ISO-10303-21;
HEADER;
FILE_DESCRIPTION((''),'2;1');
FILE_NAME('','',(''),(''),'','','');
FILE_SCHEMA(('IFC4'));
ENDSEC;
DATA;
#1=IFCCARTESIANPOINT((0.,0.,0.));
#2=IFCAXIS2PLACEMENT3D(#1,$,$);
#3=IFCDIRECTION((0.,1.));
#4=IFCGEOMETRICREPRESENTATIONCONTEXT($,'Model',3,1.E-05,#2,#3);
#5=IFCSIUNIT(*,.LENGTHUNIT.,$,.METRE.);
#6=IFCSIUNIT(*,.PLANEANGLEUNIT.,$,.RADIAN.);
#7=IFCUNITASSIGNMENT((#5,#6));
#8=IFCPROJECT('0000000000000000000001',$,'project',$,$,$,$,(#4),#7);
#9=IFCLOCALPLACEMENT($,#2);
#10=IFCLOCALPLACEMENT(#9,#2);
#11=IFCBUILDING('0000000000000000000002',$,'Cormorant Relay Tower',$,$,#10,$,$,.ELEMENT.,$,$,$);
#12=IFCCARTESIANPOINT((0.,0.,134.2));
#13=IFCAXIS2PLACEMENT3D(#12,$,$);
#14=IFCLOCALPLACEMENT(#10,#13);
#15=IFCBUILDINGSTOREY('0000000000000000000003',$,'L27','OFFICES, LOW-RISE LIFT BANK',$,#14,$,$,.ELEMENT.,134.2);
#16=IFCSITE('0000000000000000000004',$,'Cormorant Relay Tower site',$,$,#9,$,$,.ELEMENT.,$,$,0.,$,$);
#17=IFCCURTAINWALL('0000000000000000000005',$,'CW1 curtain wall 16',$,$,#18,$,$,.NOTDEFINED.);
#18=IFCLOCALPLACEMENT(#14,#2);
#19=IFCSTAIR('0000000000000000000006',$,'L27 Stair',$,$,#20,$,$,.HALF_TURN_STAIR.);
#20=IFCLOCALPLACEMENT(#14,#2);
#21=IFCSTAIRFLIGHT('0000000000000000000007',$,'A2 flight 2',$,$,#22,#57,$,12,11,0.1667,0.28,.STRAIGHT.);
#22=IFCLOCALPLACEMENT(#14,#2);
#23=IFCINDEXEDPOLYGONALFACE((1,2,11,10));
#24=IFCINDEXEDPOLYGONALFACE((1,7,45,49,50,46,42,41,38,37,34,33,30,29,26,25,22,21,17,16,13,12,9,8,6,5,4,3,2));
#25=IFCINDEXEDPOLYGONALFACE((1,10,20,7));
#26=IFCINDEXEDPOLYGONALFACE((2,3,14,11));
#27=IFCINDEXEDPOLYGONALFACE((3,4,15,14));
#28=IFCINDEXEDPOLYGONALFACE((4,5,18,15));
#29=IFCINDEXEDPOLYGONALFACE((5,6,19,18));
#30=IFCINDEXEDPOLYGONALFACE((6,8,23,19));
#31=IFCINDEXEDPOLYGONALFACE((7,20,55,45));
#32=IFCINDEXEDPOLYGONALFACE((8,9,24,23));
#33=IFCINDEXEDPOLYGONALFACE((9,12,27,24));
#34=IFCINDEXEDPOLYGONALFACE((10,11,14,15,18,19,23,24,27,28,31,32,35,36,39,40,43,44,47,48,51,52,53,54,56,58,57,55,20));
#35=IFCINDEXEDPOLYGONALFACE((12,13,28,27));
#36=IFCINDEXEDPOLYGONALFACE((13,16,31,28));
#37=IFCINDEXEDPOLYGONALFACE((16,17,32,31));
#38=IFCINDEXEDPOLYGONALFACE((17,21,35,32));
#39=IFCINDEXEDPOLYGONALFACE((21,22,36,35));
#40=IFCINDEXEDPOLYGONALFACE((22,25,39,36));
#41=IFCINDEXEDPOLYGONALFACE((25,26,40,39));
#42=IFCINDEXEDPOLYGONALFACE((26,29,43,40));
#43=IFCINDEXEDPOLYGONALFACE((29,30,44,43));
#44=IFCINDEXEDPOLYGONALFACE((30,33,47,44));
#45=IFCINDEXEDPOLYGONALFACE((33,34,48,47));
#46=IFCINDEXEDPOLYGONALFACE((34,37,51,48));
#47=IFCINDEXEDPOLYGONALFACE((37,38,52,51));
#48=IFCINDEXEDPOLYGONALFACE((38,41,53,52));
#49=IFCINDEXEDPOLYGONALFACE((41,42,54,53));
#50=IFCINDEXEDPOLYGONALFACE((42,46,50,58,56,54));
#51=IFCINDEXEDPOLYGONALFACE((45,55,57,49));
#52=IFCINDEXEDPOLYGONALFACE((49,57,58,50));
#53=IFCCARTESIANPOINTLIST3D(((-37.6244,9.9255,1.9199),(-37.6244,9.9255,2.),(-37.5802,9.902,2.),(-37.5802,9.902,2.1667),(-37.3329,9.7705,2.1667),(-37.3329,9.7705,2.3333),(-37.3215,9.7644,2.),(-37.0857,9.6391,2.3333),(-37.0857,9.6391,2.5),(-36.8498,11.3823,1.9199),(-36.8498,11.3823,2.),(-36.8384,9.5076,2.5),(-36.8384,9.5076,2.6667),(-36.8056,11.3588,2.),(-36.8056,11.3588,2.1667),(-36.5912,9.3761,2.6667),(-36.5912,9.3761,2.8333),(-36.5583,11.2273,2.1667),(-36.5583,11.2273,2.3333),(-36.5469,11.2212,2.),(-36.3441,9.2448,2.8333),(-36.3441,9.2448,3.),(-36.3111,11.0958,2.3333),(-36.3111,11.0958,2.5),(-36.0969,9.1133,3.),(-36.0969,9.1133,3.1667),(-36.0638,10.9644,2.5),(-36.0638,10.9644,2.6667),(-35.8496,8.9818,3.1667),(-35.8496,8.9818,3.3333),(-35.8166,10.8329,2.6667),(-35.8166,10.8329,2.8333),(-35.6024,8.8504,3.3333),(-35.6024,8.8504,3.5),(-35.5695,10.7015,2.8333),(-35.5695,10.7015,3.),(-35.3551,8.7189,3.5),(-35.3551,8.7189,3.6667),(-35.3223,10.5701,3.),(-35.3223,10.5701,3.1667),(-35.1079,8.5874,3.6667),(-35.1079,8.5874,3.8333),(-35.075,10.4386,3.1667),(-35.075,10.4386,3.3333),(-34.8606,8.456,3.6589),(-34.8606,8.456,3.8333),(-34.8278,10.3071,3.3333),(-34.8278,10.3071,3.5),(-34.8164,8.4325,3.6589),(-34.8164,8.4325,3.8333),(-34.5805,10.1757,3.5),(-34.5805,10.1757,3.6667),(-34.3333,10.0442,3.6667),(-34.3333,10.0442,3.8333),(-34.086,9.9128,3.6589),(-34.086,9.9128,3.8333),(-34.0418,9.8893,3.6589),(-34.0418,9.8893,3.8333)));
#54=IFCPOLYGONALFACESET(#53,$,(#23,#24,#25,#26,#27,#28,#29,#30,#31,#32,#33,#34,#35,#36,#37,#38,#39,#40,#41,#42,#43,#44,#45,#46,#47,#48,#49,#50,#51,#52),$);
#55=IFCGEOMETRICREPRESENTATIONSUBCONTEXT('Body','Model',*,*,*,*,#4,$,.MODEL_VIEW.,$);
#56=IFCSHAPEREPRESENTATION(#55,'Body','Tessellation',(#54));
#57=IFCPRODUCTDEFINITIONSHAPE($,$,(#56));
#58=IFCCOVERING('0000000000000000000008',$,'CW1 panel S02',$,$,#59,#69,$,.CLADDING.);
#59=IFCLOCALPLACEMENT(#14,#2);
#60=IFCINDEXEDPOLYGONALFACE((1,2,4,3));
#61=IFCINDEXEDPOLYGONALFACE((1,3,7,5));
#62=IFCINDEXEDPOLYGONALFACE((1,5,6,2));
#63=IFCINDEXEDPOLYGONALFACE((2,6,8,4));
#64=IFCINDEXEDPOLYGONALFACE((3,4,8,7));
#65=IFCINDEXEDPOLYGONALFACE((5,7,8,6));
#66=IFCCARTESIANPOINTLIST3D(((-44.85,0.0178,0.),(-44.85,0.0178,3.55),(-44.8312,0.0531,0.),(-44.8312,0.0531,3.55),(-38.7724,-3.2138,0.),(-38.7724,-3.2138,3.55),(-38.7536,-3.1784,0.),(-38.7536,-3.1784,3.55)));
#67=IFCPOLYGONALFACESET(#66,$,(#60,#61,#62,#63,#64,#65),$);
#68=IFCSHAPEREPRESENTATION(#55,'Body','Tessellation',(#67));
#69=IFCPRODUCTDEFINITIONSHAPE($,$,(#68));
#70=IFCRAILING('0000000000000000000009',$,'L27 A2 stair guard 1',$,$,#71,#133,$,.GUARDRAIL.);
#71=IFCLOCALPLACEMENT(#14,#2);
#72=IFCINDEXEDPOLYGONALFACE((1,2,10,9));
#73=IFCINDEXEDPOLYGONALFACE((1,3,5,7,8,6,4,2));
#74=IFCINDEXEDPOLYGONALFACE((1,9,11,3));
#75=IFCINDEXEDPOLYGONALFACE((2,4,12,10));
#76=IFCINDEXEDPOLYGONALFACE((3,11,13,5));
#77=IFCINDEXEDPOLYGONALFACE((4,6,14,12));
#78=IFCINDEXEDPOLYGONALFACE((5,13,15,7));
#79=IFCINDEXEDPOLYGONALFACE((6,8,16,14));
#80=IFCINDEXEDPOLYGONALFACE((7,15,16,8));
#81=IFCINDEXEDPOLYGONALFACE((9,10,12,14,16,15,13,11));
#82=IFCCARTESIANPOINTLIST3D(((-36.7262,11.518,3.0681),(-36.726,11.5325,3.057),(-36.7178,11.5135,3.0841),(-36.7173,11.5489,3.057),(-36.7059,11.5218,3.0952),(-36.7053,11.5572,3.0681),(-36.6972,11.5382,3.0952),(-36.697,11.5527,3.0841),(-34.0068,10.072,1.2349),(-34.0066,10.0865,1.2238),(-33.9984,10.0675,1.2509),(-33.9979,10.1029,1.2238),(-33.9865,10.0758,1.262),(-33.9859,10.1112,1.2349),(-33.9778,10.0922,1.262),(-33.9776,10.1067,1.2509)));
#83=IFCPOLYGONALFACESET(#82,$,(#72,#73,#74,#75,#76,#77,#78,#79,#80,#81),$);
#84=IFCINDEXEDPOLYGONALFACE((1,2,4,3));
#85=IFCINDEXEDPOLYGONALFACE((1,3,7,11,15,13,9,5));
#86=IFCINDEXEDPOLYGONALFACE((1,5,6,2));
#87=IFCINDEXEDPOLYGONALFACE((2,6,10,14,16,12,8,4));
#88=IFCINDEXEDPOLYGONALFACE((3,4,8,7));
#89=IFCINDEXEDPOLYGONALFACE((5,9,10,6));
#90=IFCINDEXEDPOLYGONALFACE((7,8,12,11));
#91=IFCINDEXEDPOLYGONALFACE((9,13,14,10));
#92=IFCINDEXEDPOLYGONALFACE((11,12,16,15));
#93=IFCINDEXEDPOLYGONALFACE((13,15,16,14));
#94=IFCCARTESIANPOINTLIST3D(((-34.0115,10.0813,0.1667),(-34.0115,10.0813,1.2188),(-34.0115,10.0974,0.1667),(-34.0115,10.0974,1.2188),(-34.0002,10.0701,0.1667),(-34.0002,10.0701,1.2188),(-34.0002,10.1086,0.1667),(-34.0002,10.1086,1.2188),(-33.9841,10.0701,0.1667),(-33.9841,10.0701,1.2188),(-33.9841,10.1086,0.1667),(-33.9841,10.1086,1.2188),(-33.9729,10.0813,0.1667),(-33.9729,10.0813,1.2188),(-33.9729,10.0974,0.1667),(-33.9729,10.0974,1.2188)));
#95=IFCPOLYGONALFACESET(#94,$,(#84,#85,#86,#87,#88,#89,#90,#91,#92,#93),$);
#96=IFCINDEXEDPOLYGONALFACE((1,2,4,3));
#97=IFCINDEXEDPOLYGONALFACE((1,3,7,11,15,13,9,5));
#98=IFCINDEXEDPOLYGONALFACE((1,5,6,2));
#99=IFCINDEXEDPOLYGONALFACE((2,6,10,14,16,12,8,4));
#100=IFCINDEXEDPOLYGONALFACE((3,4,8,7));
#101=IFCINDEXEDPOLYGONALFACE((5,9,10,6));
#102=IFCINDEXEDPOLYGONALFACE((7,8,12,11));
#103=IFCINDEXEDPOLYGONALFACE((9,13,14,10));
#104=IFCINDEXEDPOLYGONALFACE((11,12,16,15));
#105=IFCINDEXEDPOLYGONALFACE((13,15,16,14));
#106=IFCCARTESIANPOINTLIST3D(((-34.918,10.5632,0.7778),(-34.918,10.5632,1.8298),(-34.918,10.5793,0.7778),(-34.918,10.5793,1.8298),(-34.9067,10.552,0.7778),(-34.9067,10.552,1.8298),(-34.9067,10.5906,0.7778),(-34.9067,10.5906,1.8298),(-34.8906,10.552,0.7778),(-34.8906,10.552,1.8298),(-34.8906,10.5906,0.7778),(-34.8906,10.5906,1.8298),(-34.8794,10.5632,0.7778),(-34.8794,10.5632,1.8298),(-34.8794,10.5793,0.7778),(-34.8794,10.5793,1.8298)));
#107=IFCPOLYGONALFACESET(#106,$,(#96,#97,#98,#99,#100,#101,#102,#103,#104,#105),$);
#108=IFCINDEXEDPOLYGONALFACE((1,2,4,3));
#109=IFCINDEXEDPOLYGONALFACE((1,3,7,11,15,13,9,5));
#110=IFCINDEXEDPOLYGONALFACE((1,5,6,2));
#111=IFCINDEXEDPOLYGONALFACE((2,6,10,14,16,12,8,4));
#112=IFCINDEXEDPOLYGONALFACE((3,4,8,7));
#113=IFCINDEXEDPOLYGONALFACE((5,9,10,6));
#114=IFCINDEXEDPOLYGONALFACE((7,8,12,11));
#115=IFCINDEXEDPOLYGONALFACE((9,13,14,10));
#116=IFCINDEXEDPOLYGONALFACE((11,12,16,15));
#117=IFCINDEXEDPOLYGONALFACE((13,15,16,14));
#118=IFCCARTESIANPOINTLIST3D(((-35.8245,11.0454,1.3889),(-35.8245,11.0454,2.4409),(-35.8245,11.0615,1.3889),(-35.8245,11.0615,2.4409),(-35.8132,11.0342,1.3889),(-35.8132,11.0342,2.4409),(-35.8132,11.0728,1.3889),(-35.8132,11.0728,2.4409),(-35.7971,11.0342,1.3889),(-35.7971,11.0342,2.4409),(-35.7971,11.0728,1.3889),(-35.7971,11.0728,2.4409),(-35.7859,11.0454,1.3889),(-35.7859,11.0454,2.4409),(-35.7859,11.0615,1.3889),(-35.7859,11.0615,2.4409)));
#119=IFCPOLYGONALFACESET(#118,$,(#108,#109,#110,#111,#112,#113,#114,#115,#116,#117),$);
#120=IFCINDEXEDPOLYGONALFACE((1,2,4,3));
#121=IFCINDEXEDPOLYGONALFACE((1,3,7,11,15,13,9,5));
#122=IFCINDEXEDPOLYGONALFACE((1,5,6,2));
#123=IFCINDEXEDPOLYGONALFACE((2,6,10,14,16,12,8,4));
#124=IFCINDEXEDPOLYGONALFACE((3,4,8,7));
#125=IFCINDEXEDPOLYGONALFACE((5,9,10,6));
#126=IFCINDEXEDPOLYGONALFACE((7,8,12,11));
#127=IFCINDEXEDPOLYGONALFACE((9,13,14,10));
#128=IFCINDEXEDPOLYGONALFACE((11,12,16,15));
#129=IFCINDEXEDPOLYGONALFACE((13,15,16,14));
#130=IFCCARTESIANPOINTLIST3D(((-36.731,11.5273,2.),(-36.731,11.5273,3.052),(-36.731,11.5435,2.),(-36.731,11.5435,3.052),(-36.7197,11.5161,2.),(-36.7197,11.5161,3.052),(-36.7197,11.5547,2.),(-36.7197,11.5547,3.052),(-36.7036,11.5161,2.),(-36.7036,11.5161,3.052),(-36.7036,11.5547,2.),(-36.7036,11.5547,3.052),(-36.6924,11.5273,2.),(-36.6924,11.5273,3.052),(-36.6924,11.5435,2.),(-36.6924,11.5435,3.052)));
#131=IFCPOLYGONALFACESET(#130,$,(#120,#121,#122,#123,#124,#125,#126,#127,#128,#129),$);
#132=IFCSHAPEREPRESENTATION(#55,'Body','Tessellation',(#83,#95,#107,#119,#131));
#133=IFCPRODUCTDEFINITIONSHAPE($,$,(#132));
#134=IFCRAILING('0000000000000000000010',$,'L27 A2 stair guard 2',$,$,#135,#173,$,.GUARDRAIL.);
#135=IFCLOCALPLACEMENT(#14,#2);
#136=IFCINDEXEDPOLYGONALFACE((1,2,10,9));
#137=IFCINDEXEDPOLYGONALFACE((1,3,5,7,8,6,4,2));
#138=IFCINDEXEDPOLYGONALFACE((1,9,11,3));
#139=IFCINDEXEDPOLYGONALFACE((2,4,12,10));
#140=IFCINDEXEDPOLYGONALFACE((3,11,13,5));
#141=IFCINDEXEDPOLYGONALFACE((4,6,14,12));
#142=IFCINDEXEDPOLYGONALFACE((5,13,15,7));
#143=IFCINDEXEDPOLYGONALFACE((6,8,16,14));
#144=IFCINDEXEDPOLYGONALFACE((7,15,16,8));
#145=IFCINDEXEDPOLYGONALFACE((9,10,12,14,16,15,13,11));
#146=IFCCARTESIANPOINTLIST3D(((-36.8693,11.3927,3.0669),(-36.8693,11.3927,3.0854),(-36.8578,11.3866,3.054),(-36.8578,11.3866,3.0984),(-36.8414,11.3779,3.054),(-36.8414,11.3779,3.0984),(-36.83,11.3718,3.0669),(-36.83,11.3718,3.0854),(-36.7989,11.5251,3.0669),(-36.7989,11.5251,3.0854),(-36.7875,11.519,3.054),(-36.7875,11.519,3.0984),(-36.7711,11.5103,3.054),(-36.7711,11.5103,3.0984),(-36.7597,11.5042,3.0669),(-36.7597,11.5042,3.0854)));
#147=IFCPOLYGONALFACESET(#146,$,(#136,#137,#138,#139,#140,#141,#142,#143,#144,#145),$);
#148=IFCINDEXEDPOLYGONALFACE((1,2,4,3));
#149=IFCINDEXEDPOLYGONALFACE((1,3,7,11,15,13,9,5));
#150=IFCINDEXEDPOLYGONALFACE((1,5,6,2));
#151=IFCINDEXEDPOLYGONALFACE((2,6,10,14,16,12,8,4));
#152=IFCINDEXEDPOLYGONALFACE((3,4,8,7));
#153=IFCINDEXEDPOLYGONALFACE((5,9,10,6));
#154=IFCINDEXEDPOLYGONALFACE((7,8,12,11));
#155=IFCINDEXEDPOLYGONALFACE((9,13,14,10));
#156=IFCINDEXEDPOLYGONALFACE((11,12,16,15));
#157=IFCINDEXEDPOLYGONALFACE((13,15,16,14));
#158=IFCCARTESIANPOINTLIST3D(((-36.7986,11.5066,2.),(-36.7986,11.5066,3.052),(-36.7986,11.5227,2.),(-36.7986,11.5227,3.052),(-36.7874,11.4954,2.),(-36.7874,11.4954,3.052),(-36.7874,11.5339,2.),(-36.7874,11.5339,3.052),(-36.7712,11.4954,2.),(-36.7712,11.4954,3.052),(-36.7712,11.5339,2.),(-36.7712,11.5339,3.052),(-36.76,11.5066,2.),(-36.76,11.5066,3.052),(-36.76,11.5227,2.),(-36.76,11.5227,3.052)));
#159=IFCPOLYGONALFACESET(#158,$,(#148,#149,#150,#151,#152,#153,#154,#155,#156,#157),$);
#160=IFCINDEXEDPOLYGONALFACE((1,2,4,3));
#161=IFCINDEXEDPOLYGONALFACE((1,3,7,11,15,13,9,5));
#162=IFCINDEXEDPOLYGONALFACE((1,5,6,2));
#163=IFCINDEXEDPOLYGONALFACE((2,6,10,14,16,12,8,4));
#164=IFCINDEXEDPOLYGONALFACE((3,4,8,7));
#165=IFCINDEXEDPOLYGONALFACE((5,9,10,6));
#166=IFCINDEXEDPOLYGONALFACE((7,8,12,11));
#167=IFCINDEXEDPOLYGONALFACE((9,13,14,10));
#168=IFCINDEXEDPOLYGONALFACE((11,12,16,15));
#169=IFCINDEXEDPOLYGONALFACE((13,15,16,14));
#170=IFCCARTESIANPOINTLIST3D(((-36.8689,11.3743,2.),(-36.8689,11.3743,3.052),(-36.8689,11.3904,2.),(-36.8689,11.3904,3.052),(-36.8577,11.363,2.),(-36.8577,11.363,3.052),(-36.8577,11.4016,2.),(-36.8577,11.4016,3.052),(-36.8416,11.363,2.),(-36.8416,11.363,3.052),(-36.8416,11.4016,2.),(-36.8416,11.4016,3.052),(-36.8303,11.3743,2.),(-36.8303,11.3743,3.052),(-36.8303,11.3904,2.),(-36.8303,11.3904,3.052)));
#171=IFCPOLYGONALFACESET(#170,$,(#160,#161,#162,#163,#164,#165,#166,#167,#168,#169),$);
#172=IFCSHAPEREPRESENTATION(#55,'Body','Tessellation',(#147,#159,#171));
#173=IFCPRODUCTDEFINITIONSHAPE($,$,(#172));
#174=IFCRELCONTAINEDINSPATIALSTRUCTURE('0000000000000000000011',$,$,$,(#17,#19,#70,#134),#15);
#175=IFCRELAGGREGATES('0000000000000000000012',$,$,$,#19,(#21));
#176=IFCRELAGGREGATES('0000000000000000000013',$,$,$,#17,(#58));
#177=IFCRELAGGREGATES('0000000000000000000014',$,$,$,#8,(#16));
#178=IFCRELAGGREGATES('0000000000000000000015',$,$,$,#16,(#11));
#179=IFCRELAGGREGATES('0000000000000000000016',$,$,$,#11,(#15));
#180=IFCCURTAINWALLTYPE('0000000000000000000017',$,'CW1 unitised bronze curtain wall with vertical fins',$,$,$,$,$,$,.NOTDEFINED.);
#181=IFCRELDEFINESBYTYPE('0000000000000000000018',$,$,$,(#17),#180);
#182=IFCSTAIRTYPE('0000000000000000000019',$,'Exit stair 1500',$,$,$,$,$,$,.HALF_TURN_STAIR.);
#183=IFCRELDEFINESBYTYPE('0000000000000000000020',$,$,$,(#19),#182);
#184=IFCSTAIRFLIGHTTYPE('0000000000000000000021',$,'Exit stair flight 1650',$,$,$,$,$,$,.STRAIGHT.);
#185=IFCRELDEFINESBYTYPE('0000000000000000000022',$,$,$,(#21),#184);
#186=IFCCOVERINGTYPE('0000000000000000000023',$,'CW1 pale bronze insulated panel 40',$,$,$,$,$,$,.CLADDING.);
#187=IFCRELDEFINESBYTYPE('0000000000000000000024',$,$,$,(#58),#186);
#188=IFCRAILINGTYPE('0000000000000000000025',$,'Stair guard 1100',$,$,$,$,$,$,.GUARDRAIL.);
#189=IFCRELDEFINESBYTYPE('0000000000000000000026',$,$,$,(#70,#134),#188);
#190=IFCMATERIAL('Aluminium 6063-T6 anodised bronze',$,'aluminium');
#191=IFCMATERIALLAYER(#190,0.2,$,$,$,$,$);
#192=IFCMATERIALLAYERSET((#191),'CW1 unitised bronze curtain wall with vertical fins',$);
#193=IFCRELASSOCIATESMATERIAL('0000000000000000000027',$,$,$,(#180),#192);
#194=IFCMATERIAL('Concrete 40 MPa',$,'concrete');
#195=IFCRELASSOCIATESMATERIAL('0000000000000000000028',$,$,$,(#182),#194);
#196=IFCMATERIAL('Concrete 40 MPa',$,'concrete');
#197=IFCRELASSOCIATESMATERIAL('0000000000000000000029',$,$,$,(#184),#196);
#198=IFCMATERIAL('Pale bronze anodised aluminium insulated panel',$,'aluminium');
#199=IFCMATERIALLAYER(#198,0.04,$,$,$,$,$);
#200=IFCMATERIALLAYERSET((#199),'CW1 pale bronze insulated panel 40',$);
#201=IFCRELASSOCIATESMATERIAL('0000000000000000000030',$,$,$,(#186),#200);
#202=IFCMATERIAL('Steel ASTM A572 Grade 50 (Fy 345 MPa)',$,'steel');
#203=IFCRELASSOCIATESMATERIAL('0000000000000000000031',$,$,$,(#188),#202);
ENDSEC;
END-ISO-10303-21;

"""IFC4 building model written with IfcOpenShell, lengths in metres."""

from ifc_helpers import new_model, si_unit, direction, frame, origin, origin_2d, place, context, subcontext, project, spatial, polyline, rectangle, outline, extrude, material, layer, layer_set, type_object, element, aggregate, save


model = new_model("IFC4")

# Units and contexts
model_context = context("Model", 3, precision=1e-05, world=origin(), true_north=direction((0.0, 1.0)))
body_context = subcontext(model_context, "Body", "Model", "MODEL_VIEW")
ifc_project = project(units=[si_unit("LENGTHUNIT", "METRE"), si_unit("PLANEANGLEUNIT", "RADIAN")], contexts=[model_context])

# Site, building, storey
site_placement = place(None, origin())
site = spatial("IfcSite", under=ifc_project, at=site_placement, Name="Cormorant Relay Tower site", CompositionType="ELEMENT", RefElevation=0.0)
building_placement = place(site_placement, origin())
building = spatial("IfcBuilding", under=site, at=building_placement, Name="Cormorant Relay Tower", CompositionType="ELEMENT")
storey_placement = place(building_placement, frame((0.0, 0.0, 134.2)))
storey = spatial("IfcBuildingStorey", under=building, at=storey_placement, Name="L27", Description="OFFICES, LOW-RISE LIFT BANK", CompositionType="ELEMENT", Elevation=134.2)

# Curtain wall
ifc_material_1 = material(Name="Aluminium 6063-T6 anodised bronze", Category="aluminium")
ifc_layer_1 = layer(ifc_material_1, 0.2)
ifc_layer_set_1 = layer_set([ifc_layer_1], Name="CW1 unitised bronze curtain wall with vertical fins")
curtain_wall_type = type_object("IfcCurtainWallType", Name="CW1 unitised bronze curtain wall with vertical fins", PredefinedType="NOTDEFINED", material=ifc_layer_set_1)
curtain_wall_placement = place(storey_placement, origin())
curtain_wall = element("IfcCurtainWall", 1, at=curtain_wall_placement, inside=storey, type_object=curtain_wall_type, Name="CW1 curtain wall 16", PredefinedType="NOTDEFINED")

# Stair, stair flight
ifc_material_2 = material(Name="Concrete 40 MPa", Category="concrete")
stair_type = type_object("IfcStairType", Name="Exit stair 1500", PredefinedType="HALF_TURN_STAIR", material=ifc_material_2)
stair_placement = place(storey_placement, origin())
stair = element("IfcStair", 2, at=stair_placement, inside=storey, type_object=stair_type, Name="L27 Stair", PredefinedType="HALF_TURN_STAIR")
ifc_material_3 = material(Name="Concrete 40 MPa", Category="concrete")
stair_flight_type = type_object("IfcStairFlightType", Name="Exit stair flight 1650", PredefinedType="STRAIGHT", material=ifc_material_3)
stair_flight_1_placement = place(storey_placement, frame((-37.1929, 10.6304, 2.0), z_axis=(0.0, 0.0, 1.0), x_axis=(0.882948, -0.469472, 0.0)))
stair_flight_1 = element("IfcStairFlight", 3, at=stair_flight_1_placement, type_object=stair_flight_type, Name="A2 flight 2", NumberOfRisers=12, NumberOfTreads=11, PredefinedType="STRAIGHT", RiserHeight=0.1667, TreadLength=0.28, context=body_context, shape_type="SweptSolid", body=[
    extrude(outline(polyline([(-0.05, -0.0801), (-0.05, 0.0), (0.0, 0.0), (0.0, 0.1667), (0.28, 0.1667), (0.28, 0.3333), (0.5601, 0.3333), (0.5601, 0.5), (0.8401, 0.5), (0.8401, 0.6667), (1.1201, 0.6667), (1.1201, 0.8333), (1.3999, 0.8333), (1.3999, 1.0), (1.6799, 1.0), (1.6799, 1.1667), (1.96, 1.1667), (1.96, 1.3333), (2.24, 1.3333), (2.24, 1.5), (2.52, 1.5), (2.52, 1.6667), (2.8, 1.6667), (2.8, 1.8333), (3.0801, 1.8333), (3.1301, 1.8333), (3.1301, 1.6589), (3.0801, 1.6589), (0.293, 0.0), (-0.05, -0.0801)])), frame((0.0, 0.825, 0.0), z_axis=(0.0, -1.0, 0.0), x_axis=(1.0, 0.0, 0.0)), (0.0, 0.0, 1.0), 1.6499),
])
aggregate(stair, [stair_flight_1])

# Covering
ifc_material_4 = material(Name="Pale bronze anodised aluminium insulated panel", Category="aluminium")
ifc_layer_2 = layer(ifc_material_4, 0.04)
ifc_layer_set_2 = layer_set([ifc_layer_2], Name="CW1 pale bronze insulated panel 40")
covering_type = type_object("IfcCoveringType", Name="CW1 pale bronze insulated panel 40", PredefinedType="CLADDING", material=ifc_layer_set_2)
covering_placement = place(storey_placement, frame((-41.8018, -1.5803, 0.0), z_axis=(0.0, 0.0, 1.0), x_axis=(0.882948, -0.469472, 0.0)))
covering = element("IfcCovering", 4, at=covering_placement, type_object=covering_type, Name="CW1 panel S02", PredefinedType="CLADDING", context=body_context, shape_type="SweptSolid", body=[
    extrude(rectangle(XDim=6.8833, YDim=0.04, at=origin_2d()), origin(), (0.0, 0.0, 1.0), 3.55),
])
aggregate(curtain_wall, [covering])

# Railings
ifc_material_5 = material(Name="Steel ASTM A572 Grade 50 (Fy 345 MPa)", Category="steel")
railing_type_1 = type_object("IfcRailingType", Name="Stair guard 1100", PredefinedType="GUARDRAIL", material=ifc_material_5)
railing_1_placement = place(storey_placement, frame((-33.9922, 10.0894, 0.1667)))
element("IfcRailing", 5, at=railing_1_placement, inside=storey, type_object=railing_type_1, Name="L27 A2 stair guard 1", PredefinedType="GUARDRAIL", context=body_context, shape_type="SweptSolid", body=[
    extrude(outline(polyline([(0.0222, 0.0093), (0.0093, 0.0222), (-0.0093, 0.0222), (-0.0222, 0.0093), (-0.0222, -0.0093), (-0.0093, -0.0222), (0.0093, -0.0222), (0.0222, -0.0093), (0.0222, 0.0093)])), frame((0.0, 0.0, 1.0762), z_axis=(-0.758714, 0.403435, 0.511463), x_axis=(-0.469489, -0.882938, 0.0)), (0.0, 0.0, 1.0), 3.5842),
    extrude(outline(polyline([(0.0193, 0.0081), (0.0081, 0.0193), (-0.0081, 0.0193), (-0.0193, 0.0081), (-0.0193, -0.0081), (-0.0081, -0.0193), (0.0081, -0.0193), (0.0193, -0.0081), (0.0193, 0.0081)])), origin(), (0.0, 0.0, 1.0), 1.052),
    extrude(outline(polyline([(0.0193, 0.0081), (0.0081, 0.0193), (-0.0081, 0.0193), (-0.0193, 0.0081), (-0.0193, -0.0081), (-0.0081, -0.0193), (0.0081, -0.0193), (0.0193, -0.0081), (0.0193, 0.0081)])), frame((-0.9065, 0.4819, 0.6111)), (0.0, 0.0, 1.0), 1.052),
    extrude(outline(polyline([(0.0193, 0.0081), (0.0081, 0.0193), (-0.0081, 0.0193), (-0.0193, 0.0081), (-0.0193, -0.0081), (-0.0081, -0.0193), (0.0081, -0.0193), (0.0193, -0.0081), (0.0193, 0.0081)])), frame((-1.813, 0.9641, 1.2222)), (0.0, 0.0, 1.0), 1.052),
    extrude(outline(polyline([(0.0193, 0.0081), (0.0081, 0.0193), (-0.0081, 0.0193), (-0.0193, 0.0081), (-0.0193, -0.0081), (-0.0081, -0.0193), (0.0081, -0.0193), (0.0193, -0.0081), (0.0193, 0.0081)])), frame((-2.7195, 1.446, 1.8333)), (0.0, 0.0, 1.0), 1.052),
])
railing_2_placement = place(storey_placement, frame((-36.7793, 11.5146, 2.0)))
element("IfcRailing", 6, at=railing_2_placement, inside=storey, type_object=railing_type_1, Name="L27 A2 stair guard 2", PredefinedType="GUARDRAIL", context=body_context, shape_type="SweptSolid", body=[
    extrude(outline(polyline([(0.0222, 0.0093), (0.0093, 0.0222), (-0.0093, 0.0222), (-0.0222, 0.0093), (-0.0222, -0.0093), (-0.0093, -0.0222), (0.0093, -0.0222), (0.0222, -0.0093), (0.0222, 0.0093)])), frame((0.0, 0.0, 1.0762), z_axis=(-0.469235, -0.883074, 0.0), x_axis=(0.883074, -0.469235, 0.0)), (0.0, 0.0, 1.0), 0.1499),
    extrude(outline(polyline([(0.0193, 0.0081), (0.0081, 0.0193), (-0.0081, 0.0193), (-0.0193, 0.0081), (-0.0193, -0.0081), (-0.0081, -0.0193), (0.0081, -0.0193), (0.0193, -0.0081), (0.0193, 0.0081)])), origin(), (0.0, 0.0, 1.0), 1.052),
    extrude(outline(polyline([(0.0193, 0.0081), (0.0081, 0.0193), (-0.0081, 0.0193), (-0.0193, 0.0081), (-0.0193, -0.0081), (-0.0081, -0.0193), (0.0081, -0.0193), (0.0193, -0.0081), (0.0193, 0.0081)])), frame((-0.0703, -0.1323, 0.0)), (0.0, 0.0, 1.0), 1.052),
])

save(model, "model.ifc")
